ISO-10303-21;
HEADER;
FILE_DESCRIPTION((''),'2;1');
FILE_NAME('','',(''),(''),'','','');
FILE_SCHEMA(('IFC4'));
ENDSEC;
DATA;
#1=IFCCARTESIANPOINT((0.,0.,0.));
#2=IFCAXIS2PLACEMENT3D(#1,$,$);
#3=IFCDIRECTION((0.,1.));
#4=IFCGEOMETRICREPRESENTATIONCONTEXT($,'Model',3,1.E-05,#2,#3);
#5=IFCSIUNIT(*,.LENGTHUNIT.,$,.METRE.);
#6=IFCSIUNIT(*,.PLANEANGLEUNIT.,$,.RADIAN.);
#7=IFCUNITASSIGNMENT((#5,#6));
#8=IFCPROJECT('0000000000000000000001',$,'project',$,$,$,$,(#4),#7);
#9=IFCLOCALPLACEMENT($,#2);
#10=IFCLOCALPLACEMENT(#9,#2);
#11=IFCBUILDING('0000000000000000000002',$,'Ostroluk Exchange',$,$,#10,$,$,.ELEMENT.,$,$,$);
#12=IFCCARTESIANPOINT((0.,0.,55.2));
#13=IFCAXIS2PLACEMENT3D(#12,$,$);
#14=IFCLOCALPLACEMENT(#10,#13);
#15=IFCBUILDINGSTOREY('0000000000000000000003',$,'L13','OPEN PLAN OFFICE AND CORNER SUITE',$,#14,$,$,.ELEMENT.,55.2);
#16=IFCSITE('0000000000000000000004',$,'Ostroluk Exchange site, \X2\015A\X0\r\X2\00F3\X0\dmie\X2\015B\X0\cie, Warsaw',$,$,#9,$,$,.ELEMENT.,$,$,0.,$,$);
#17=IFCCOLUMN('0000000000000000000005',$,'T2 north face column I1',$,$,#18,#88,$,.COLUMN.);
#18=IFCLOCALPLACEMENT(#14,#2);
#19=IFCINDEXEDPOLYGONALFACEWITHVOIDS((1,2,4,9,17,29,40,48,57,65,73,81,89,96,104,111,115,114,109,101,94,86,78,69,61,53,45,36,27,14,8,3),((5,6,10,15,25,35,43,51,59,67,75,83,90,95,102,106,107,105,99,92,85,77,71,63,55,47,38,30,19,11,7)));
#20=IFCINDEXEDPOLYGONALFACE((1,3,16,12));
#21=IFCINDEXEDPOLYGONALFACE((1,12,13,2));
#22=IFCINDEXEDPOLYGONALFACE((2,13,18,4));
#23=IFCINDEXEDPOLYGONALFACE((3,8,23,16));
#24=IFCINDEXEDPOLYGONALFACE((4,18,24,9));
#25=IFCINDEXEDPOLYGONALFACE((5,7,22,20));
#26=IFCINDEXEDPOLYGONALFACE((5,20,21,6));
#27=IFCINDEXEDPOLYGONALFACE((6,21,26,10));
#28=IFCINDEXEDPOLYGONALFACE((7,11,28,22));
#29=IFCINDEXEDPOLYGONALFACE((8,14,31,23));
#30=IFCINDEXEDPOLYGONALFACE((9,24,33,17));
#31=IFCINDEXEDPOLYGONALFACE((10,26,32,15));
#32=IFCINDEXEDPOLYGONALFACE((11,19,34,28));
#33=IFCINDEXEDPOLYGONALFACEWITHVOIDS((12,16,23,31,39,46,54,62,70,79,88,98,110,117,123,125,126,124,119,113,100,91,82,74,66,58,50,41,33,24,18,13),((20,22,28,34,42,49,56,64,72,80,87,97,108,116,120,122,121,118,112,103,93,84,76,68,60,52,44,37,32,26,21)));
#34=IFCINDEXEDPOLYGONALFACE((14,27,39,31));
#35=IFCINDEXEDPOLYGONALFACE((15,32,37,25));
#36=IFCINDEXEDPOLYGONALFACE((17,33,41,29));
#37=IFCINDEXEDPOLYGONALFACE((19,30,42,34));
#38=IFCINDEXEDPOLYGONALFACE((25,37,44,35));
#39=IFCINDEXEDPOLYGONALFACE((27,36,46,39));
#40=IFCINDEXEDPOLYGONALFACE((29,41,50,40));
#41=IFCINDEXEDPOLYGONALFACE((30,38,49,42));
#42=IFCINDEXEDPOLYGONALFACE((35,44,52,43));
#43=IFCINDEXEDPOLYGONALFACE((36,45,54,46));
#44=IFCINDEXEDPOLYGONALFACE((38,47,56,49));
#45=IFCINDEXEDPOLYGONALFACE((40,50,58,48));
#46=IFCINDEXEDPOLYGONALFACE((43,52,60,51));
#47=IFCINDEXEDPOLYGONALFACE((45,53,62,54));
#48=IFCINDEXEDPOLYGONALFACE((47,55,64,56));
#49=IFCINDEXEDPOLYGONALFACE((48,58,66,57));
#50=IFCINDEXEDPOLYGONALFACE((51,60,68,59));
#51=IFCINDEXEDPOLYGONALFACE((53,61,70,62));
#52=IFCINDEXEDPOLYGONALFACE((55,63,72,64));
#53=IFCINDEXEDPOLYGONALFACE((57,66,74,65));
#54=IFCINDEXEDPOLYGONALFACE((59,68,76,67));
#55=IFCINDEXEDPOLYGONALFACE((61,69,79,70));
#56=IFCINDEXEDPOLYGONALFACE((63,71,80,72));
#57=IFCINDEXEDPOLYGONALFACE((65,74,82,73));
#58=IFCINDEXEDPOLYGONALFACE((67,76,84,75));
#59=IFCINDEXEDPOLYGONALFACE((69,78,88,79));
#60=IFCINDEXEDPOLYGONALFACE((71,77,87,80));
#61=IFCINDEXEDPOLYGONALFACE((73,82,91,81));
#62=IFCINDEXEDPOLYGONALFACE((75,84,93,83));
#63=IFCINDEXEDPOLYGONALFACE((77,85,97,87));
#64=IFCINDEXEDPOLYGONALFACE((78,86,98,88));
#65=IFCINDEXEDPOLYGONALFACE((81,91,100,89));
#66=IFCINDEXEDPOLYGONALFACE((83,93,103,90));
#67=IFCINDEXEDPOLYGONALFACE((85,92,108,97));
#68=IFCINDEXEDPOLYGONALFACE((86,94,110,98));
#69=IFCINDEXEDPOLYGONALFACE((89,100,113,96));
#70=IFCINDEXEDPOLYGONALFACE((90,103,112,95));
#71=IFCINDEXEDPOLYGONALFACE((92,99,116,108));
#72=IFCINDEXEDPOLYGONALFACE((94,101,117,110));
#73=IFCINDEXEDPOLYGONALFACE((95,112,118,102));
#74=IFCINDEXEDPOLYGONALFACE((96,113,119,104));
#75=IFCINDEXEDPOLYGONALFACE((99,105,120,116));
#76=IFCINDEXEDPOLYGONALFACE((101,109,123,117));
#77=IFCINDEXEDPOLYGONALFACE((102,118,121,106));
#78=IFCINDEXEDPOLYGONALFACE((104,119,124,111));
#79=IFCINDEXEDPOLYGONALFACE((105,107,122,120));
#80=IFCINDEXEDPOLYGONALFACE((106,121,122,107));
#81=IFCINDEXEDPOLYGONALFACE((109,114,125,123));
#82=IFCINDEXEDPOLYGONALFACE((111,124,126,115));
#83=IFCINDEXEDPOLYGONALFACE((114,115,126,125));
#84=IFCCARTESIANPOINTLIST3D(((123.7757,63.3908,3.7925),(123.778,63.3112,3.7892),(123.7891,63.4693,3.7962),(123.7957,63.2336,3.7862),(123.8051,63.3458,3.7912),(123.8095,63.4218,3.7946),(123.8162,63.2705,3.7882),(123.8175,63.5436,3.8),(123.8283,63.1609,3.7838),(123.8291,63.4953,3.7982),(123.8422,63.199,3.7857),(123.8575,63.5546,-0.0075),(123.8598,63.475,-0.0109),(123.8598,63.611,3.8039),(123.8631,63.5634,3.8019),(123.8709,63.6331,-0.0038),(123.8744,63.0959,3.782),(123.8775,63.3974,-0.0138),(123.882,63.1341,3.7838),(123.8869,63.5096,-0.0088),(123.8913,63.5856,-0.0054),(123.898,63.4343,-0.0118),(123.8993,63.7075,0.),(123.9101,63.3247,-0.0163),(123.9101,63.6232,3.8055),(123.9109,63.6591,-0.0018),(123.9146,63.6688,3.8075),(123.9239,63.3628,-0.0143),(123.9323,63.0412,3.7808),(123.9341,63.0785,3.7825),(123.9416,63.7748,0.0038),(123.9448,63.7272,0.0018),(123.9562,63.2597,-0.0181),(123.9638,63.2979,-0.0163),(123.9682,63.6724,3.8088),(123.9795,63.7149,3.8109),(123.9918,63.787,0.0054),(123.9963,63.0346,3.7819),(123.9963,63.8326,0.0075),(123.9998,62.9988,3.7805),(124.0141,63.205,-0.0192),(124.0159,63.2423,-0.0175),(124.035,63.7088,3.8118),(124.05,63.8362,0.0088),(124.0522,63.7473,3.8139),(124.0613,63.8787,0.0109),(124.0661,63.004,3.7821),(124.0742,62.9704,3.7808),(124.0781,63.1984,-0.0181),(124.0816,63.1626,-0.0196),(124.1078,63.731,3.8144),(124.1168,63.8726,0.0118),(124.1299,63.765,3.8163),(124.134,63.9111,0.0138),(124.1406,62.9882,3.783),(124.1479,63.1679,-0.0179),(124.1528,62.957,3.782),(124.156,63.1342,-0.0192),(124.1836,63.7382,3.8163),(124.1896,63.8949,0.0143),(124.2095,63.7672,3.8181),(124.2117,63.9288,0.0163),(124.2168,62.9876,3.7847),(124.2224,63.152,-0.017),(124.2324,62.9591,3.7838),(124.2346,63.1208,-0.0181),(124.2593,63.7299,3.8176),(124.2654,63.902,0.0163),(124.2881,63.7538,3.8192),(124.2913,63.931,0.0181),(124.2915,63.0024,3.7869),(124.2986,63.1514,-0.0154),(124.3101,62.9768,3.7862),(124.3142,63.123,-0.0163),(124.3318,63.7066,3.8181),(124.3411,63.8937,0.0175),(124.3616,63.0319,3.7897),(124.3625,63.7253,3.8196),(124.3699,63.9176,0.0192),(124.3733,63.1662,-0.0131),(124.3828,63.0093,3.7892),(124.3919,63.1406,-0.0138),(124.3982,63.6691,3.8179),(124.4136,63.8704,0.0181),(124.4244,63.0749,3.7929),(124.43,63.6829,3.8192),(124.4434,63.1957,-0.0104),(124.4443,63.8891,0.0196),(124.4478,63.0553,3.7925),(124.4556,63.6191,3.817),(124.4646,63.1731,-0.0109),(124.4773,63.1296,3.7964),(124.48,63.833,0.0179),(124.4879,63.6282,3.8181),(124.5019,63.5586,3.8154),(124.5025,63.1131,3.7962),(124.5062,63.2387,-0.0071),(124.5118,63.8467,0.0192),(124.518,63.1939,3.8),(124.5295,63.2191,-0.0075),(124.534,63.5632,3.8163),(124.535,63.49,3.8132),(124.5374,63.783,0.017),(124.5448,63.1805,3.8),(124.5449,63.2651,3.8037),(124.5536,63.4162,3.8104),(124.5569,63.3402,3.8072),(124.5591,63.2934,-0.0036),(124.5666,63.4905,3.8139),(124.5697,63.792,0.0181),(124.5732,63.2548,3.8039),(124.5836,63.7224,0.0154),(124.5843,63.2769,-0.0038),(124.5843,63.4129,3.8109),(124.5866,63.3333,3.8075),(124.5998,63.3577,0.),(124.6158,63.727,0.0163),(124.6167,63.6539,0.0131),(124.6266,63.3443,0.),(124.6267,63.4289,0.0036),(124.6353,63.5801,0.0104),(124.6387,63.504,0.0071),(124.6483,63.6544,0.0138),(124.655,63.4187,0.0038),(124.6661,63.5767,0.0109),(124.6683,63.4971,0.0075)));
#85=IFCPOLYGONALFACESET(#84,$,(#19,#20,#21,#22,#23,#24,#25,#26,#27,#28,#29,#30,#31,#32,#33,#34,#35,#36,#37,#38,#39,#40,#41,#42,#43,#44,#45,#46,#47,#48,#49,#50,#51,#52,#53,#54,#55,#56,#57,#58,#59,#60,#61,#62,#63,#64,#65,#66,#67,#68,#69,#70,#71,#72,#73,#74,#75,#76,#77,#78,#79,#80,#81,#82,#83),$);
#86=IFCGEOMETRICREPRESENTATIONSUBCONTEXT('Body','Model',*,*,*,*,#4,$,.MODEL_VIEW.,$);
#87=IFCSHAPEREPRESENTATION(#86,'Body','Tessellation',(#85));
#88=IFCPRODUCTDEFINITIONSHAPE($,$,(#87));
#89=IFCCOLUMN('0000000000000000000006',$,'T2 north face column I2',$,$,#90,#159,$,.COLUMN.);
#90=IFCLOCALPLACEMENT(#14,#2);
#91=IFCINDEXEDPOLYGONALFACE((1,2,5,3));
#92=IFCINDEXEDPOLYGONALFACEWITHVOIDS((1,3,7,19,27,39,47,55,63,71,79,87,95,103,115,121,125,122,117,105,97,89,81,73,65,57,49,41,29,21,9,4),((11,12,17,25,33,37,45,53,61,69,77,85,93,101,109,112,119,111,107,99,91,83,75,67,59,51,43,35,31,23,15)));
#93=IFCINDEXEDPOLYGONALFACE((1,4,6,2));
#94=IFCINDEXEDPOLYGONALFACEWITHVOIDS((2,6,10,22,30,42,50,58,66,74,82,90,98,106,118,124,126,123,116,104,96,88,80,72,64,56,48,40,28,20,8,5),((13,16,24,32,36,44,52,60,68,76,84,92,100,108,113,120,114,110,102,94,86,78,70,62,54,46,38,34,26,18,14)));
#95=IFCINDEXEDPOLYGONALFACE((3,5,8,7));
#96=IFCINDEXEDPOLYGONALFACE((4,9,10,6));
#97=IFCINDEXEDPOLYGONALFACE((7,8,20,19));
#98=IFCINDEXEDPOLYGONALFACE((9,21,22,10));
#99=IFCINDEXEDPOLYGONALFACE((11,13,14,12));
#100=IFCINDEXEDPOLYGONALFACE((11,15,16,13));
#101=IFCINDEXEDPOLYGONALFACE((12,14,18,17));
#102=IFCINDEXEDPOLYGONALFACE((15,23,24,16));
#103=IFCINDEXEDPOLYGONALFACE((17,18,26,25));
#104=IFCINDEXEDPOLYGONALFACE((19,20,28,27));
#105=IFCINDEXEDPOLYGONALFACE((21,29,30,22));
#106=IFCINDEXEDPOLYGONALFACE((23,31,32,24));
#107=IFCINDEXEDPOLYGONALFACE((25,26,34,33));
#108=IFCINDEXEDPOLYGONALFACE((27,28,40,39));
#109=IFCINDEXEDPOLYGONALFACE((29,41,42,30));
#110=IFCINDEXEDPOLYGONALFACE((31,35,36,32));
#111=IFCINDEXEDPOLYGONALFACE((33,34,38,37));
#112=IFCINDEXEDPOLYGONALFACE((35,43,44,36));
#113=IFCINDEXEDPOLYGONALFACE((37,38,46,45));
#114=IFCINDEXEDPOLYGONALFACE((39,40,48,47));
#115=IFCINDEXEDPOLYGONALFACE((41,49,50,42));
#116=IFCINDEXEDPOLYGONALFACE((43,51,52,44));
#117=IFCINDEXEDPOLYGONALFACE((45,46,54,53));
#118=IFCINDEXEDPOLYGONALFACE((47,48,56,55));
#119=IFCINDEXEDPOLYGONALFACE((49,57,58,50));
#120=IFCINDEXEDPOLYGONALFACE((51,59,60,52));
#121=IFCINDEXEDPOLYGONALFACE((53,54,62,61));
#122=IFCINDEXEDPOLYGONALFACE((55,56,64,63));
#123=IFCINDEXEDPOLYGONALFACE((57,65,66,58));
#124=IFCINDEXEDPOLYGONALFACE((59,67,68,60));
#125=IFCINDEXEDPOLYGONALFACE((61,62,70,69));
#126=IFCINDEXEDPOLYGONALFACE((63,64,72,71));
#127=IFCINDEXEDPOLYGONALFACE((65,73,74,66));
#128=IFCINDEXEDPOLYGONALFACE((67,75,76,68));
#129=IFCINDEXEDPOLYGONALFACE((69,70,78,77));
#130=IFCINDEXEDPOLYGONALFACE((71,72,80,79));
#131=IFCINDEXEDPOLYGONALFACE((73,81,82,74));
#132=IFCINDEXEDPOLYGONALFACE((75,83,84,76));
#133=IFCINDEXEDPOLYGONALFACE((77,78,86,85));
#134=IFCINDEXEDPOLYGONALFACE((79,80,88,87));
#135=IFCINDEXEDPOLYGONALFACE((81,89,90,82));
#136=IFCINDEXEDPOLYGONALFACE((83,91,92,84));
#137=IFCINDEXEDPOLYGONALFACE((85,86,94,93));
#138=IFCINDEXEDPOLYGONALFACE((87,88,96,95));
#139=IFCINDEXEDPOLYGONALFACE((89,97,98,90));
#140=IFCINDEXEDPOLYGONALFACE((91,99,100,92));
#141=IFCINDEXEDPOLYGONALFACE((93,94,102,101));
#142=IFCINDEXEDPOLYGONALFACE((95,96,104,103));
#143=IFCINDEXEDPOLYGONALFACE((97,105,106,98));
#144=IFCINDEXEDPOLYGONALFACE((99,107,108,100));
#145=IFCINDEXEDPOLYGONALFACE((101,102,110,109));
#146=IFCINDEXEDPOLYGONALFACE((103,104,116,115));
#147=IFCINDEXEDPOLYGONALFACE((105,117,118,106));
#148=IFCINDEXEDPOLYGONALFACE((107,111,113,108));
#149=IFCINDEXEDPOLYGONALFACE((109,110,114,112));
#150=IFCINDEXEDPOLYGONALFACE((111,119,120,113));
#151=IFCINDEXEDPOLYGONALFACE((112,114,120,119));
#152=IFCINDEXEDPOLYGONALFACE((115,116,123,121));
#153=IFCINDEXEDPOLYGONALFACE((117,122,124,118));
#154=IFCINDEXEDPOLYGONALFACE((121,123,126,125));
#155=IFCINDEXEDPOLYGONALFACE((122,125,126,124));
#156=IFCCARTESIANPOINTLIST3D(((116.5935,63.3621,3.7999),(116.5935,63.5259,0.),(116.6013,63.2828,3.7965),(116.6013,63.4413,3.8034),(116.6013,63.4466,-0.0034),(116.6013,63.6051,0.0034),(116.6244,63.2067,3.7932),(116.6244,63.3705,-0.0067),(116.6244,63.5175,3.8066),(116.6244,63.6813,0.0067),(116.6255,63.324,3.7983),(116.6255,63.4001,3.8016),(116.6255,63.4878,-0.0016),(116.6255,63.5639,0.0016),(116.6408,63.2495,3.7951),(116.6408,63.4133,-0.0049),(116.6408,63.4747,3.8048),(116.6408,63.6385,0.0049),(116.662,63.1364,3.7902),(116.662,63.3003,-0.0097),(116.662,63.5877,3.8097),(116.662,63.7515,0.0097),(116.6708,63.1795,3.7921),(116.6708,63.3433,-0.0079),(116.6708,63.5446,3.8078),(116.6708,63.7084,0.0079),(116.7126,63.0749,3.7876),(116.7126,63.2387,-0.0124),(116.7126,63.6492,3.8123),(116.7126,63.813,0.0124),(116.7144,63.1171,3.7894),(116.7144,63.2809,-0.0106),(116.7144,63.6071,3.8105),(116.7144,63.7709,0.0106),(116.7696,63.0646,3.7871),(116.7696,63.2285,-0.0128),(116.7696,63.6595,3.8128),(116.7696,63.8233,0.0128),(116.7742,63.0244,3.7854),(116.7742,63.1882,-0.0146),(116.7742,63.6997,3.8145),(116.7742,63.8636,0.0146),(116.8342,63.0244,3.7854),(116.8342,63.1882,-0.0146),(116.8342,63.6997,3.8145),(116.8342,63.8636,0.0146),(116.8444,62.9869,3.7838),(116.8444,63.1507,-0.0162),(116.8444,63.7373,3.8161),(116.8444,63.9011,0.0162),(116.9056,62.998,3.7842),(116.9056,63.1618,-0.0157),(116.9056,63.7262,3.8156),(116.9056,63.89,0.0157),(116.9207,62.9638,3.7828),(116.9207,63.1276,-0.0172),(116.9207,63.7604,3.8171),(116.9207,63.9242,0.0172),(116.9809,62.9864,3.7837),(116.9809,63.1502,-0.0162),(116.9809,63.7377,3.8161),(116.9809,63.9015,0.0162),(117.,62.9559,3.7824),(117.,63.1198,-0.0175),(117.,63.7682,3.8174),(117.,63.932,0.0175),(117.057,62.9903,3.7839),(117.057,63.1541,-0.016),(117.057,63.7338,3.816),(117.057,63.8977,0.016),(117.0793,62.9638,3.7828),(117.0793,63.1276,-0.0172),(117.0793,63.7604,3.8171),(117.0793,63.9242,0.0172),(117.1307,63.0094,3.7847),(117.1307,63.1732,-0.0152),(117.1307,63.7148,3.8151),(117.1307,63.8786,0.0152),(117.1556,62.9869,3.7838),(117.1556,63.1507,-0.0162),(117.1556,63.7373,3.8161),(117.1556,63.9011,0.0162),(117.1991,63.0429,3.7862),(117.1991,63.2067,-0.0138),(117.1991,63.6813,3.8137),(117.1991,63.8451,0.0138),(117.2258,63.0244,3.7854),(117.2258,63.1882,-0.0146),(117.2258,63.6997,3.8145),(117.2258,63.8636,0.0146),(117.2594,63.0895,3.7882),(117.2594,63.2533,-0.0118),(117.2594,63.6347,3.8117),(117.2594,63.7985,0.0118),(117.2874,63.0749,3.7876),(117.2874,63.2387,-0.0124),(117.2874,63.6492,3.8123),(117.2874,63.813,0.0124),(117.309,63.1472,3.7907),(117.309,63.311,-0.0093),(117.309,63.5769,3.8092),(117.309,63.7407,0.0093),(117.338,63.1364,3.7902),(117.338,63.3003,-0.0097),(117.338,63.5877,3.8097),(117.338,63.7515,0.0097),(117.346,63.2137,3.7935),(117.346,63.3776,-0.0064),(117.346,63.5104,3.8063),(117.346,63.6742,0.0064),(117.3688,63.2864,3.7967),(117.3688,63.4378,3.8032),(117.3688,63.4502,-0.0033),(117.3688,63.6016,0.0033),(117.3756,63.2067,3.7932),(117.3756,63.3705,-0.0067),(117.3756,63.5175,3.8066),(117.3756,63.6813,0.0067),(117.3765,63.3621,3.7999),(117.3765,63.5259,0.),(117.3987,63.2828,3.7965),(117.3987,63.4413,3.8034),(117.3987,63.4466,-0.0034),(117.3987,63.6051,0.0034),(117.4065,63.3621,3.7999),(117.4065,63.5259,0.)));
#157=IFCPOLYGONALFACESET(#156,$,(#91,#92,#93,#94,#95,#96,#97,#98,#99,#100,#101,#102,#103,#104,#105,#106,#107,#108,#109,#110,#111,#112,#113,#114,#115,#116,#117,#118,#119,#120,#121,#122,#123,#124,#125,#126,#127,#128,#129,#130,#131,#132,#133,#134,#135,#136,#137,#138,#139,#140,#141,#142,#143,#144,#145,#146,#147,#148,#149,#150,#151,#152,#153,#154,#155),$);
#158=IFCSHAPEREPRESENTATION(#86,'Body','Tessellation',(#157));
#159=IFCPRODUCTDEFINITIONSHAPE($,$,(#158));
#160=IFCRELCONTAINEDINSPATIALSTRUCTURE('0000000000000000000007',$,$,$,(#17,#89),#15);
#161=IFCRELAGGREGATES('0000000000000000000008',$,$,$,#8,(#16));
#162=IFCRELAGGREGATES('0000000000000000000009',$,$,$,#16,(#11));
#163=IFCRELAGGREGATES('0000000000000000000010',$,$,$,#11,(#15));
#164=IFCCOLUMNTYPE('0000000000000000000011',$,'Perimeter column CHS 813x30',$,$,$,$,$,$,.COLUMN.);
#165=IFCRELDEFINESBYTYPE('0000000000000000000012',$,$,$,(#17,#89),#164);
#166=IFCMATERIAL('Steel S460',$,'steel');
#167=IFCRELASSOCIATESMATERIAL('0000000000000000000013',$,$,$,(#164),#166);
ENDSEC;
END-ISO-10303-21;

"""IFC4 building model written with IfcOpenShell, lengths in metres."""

from ifc_helpers import new_model, si_unit, direction, frame, origin, origin_2d, place, context, subcontext, project, spatial, hollow_circle, extrude, material, material_profile, profile_set, type_object, element, save


model = new_model("IFC4")

# Units and contexts
model_context = context("Model", 3, precision=1e-05, world=origin(), true_north=direction((0.0, 1.0)))
body_context = subcontext(model_context, "Body", "Model", "MODEL_VIEW")
ifc_project = project(units=[si_unit("LENGTHUNIT", "METRE"), si_unit("PLANEANGLEUNIT", "RADIAN")], contexts=[model_context])

# Site, building, storey
site_placement = place(None, origin())
site = spatial("IfcSite", under=ifc_project, at=site_placement, Name="Ostroluk Exchange site, Śródmieście, Warsaw", CompositionType="ELEMENT", RefElevation=0.0)
building_placement = place(site_placement, origin())
building = spatial("IfcBuilding", under=site, at=building_placement, Name="Ostroluk Exchange", CompositionType="ELEMENT")
storey_placement = place(building_placement, frame((0.0, 0.0, 55.2)))
storey = spatial("IfcBuildingStorey", under=building, at=storey_placement, Name="L13", Description="OPEN PLAN OFFICE AND CORNER SUITE", CompositionType="ELEMENT", Elevation=55.2)

# Columns
ifc_material_1 = material(Name="Steel S460", Category="steel")
ifc_material_profile_1 = material_profile(ifc_material_1, hollow_circle(Radius=0.4065, WallThickness=0.03, at=origin_2d()), Name="CHS 813x30")
ifc_profile_set_1 = profile_set([ifc_material_profile_1], Name="Steel S460")
column_type = type_object("IfcColumnType", Name="Perimeter column CHS 813x30", PredefinedType="COLUMN", material=ifc_profile_set_1)
column_1_placement = place(storey_placement, frame((124.2629, 63.5259, 0.0), z_axis=(-0.021498, -0.04306, 0.998841), x_axis=(0.894694, -0.44668, 0.0)))
element("IfcColumn", 1, at=column_1_placement, inside=storey, type_object=column_type, Name="T2 north face column I1", PredefinedType="COLUMN", context=body_context, shape_type="SweptSolid", body=[
    extrude(hollow_circle(Radius=0.4065, WallThickness=0.03, at=origin_2d()), origin(), (0.0, 0.0, 1.0), 3.8044),
])
column_2_placement = place(storey_placement, frame((117.0, 63.5259, 0.0), z_axis=(0.0, -0.04307, 0.999072), x_axis=(1.0, 0.0, 0.0)))
element("IfcColumn", 2, at=column_2_placement, inside=storey, type_object=column_type, Name="T2 north face column I2", PredefinedType="COLUMN", context=body_context, shape_type="SweptSolid", body=[
    extrude(hollow_circle(Radius=0.4065, WallThickness=0.03, at=origin_2d()), origin(), (0.0, 0.0, 1.0), 3.8035),
])

save(model, "model.ifc")
